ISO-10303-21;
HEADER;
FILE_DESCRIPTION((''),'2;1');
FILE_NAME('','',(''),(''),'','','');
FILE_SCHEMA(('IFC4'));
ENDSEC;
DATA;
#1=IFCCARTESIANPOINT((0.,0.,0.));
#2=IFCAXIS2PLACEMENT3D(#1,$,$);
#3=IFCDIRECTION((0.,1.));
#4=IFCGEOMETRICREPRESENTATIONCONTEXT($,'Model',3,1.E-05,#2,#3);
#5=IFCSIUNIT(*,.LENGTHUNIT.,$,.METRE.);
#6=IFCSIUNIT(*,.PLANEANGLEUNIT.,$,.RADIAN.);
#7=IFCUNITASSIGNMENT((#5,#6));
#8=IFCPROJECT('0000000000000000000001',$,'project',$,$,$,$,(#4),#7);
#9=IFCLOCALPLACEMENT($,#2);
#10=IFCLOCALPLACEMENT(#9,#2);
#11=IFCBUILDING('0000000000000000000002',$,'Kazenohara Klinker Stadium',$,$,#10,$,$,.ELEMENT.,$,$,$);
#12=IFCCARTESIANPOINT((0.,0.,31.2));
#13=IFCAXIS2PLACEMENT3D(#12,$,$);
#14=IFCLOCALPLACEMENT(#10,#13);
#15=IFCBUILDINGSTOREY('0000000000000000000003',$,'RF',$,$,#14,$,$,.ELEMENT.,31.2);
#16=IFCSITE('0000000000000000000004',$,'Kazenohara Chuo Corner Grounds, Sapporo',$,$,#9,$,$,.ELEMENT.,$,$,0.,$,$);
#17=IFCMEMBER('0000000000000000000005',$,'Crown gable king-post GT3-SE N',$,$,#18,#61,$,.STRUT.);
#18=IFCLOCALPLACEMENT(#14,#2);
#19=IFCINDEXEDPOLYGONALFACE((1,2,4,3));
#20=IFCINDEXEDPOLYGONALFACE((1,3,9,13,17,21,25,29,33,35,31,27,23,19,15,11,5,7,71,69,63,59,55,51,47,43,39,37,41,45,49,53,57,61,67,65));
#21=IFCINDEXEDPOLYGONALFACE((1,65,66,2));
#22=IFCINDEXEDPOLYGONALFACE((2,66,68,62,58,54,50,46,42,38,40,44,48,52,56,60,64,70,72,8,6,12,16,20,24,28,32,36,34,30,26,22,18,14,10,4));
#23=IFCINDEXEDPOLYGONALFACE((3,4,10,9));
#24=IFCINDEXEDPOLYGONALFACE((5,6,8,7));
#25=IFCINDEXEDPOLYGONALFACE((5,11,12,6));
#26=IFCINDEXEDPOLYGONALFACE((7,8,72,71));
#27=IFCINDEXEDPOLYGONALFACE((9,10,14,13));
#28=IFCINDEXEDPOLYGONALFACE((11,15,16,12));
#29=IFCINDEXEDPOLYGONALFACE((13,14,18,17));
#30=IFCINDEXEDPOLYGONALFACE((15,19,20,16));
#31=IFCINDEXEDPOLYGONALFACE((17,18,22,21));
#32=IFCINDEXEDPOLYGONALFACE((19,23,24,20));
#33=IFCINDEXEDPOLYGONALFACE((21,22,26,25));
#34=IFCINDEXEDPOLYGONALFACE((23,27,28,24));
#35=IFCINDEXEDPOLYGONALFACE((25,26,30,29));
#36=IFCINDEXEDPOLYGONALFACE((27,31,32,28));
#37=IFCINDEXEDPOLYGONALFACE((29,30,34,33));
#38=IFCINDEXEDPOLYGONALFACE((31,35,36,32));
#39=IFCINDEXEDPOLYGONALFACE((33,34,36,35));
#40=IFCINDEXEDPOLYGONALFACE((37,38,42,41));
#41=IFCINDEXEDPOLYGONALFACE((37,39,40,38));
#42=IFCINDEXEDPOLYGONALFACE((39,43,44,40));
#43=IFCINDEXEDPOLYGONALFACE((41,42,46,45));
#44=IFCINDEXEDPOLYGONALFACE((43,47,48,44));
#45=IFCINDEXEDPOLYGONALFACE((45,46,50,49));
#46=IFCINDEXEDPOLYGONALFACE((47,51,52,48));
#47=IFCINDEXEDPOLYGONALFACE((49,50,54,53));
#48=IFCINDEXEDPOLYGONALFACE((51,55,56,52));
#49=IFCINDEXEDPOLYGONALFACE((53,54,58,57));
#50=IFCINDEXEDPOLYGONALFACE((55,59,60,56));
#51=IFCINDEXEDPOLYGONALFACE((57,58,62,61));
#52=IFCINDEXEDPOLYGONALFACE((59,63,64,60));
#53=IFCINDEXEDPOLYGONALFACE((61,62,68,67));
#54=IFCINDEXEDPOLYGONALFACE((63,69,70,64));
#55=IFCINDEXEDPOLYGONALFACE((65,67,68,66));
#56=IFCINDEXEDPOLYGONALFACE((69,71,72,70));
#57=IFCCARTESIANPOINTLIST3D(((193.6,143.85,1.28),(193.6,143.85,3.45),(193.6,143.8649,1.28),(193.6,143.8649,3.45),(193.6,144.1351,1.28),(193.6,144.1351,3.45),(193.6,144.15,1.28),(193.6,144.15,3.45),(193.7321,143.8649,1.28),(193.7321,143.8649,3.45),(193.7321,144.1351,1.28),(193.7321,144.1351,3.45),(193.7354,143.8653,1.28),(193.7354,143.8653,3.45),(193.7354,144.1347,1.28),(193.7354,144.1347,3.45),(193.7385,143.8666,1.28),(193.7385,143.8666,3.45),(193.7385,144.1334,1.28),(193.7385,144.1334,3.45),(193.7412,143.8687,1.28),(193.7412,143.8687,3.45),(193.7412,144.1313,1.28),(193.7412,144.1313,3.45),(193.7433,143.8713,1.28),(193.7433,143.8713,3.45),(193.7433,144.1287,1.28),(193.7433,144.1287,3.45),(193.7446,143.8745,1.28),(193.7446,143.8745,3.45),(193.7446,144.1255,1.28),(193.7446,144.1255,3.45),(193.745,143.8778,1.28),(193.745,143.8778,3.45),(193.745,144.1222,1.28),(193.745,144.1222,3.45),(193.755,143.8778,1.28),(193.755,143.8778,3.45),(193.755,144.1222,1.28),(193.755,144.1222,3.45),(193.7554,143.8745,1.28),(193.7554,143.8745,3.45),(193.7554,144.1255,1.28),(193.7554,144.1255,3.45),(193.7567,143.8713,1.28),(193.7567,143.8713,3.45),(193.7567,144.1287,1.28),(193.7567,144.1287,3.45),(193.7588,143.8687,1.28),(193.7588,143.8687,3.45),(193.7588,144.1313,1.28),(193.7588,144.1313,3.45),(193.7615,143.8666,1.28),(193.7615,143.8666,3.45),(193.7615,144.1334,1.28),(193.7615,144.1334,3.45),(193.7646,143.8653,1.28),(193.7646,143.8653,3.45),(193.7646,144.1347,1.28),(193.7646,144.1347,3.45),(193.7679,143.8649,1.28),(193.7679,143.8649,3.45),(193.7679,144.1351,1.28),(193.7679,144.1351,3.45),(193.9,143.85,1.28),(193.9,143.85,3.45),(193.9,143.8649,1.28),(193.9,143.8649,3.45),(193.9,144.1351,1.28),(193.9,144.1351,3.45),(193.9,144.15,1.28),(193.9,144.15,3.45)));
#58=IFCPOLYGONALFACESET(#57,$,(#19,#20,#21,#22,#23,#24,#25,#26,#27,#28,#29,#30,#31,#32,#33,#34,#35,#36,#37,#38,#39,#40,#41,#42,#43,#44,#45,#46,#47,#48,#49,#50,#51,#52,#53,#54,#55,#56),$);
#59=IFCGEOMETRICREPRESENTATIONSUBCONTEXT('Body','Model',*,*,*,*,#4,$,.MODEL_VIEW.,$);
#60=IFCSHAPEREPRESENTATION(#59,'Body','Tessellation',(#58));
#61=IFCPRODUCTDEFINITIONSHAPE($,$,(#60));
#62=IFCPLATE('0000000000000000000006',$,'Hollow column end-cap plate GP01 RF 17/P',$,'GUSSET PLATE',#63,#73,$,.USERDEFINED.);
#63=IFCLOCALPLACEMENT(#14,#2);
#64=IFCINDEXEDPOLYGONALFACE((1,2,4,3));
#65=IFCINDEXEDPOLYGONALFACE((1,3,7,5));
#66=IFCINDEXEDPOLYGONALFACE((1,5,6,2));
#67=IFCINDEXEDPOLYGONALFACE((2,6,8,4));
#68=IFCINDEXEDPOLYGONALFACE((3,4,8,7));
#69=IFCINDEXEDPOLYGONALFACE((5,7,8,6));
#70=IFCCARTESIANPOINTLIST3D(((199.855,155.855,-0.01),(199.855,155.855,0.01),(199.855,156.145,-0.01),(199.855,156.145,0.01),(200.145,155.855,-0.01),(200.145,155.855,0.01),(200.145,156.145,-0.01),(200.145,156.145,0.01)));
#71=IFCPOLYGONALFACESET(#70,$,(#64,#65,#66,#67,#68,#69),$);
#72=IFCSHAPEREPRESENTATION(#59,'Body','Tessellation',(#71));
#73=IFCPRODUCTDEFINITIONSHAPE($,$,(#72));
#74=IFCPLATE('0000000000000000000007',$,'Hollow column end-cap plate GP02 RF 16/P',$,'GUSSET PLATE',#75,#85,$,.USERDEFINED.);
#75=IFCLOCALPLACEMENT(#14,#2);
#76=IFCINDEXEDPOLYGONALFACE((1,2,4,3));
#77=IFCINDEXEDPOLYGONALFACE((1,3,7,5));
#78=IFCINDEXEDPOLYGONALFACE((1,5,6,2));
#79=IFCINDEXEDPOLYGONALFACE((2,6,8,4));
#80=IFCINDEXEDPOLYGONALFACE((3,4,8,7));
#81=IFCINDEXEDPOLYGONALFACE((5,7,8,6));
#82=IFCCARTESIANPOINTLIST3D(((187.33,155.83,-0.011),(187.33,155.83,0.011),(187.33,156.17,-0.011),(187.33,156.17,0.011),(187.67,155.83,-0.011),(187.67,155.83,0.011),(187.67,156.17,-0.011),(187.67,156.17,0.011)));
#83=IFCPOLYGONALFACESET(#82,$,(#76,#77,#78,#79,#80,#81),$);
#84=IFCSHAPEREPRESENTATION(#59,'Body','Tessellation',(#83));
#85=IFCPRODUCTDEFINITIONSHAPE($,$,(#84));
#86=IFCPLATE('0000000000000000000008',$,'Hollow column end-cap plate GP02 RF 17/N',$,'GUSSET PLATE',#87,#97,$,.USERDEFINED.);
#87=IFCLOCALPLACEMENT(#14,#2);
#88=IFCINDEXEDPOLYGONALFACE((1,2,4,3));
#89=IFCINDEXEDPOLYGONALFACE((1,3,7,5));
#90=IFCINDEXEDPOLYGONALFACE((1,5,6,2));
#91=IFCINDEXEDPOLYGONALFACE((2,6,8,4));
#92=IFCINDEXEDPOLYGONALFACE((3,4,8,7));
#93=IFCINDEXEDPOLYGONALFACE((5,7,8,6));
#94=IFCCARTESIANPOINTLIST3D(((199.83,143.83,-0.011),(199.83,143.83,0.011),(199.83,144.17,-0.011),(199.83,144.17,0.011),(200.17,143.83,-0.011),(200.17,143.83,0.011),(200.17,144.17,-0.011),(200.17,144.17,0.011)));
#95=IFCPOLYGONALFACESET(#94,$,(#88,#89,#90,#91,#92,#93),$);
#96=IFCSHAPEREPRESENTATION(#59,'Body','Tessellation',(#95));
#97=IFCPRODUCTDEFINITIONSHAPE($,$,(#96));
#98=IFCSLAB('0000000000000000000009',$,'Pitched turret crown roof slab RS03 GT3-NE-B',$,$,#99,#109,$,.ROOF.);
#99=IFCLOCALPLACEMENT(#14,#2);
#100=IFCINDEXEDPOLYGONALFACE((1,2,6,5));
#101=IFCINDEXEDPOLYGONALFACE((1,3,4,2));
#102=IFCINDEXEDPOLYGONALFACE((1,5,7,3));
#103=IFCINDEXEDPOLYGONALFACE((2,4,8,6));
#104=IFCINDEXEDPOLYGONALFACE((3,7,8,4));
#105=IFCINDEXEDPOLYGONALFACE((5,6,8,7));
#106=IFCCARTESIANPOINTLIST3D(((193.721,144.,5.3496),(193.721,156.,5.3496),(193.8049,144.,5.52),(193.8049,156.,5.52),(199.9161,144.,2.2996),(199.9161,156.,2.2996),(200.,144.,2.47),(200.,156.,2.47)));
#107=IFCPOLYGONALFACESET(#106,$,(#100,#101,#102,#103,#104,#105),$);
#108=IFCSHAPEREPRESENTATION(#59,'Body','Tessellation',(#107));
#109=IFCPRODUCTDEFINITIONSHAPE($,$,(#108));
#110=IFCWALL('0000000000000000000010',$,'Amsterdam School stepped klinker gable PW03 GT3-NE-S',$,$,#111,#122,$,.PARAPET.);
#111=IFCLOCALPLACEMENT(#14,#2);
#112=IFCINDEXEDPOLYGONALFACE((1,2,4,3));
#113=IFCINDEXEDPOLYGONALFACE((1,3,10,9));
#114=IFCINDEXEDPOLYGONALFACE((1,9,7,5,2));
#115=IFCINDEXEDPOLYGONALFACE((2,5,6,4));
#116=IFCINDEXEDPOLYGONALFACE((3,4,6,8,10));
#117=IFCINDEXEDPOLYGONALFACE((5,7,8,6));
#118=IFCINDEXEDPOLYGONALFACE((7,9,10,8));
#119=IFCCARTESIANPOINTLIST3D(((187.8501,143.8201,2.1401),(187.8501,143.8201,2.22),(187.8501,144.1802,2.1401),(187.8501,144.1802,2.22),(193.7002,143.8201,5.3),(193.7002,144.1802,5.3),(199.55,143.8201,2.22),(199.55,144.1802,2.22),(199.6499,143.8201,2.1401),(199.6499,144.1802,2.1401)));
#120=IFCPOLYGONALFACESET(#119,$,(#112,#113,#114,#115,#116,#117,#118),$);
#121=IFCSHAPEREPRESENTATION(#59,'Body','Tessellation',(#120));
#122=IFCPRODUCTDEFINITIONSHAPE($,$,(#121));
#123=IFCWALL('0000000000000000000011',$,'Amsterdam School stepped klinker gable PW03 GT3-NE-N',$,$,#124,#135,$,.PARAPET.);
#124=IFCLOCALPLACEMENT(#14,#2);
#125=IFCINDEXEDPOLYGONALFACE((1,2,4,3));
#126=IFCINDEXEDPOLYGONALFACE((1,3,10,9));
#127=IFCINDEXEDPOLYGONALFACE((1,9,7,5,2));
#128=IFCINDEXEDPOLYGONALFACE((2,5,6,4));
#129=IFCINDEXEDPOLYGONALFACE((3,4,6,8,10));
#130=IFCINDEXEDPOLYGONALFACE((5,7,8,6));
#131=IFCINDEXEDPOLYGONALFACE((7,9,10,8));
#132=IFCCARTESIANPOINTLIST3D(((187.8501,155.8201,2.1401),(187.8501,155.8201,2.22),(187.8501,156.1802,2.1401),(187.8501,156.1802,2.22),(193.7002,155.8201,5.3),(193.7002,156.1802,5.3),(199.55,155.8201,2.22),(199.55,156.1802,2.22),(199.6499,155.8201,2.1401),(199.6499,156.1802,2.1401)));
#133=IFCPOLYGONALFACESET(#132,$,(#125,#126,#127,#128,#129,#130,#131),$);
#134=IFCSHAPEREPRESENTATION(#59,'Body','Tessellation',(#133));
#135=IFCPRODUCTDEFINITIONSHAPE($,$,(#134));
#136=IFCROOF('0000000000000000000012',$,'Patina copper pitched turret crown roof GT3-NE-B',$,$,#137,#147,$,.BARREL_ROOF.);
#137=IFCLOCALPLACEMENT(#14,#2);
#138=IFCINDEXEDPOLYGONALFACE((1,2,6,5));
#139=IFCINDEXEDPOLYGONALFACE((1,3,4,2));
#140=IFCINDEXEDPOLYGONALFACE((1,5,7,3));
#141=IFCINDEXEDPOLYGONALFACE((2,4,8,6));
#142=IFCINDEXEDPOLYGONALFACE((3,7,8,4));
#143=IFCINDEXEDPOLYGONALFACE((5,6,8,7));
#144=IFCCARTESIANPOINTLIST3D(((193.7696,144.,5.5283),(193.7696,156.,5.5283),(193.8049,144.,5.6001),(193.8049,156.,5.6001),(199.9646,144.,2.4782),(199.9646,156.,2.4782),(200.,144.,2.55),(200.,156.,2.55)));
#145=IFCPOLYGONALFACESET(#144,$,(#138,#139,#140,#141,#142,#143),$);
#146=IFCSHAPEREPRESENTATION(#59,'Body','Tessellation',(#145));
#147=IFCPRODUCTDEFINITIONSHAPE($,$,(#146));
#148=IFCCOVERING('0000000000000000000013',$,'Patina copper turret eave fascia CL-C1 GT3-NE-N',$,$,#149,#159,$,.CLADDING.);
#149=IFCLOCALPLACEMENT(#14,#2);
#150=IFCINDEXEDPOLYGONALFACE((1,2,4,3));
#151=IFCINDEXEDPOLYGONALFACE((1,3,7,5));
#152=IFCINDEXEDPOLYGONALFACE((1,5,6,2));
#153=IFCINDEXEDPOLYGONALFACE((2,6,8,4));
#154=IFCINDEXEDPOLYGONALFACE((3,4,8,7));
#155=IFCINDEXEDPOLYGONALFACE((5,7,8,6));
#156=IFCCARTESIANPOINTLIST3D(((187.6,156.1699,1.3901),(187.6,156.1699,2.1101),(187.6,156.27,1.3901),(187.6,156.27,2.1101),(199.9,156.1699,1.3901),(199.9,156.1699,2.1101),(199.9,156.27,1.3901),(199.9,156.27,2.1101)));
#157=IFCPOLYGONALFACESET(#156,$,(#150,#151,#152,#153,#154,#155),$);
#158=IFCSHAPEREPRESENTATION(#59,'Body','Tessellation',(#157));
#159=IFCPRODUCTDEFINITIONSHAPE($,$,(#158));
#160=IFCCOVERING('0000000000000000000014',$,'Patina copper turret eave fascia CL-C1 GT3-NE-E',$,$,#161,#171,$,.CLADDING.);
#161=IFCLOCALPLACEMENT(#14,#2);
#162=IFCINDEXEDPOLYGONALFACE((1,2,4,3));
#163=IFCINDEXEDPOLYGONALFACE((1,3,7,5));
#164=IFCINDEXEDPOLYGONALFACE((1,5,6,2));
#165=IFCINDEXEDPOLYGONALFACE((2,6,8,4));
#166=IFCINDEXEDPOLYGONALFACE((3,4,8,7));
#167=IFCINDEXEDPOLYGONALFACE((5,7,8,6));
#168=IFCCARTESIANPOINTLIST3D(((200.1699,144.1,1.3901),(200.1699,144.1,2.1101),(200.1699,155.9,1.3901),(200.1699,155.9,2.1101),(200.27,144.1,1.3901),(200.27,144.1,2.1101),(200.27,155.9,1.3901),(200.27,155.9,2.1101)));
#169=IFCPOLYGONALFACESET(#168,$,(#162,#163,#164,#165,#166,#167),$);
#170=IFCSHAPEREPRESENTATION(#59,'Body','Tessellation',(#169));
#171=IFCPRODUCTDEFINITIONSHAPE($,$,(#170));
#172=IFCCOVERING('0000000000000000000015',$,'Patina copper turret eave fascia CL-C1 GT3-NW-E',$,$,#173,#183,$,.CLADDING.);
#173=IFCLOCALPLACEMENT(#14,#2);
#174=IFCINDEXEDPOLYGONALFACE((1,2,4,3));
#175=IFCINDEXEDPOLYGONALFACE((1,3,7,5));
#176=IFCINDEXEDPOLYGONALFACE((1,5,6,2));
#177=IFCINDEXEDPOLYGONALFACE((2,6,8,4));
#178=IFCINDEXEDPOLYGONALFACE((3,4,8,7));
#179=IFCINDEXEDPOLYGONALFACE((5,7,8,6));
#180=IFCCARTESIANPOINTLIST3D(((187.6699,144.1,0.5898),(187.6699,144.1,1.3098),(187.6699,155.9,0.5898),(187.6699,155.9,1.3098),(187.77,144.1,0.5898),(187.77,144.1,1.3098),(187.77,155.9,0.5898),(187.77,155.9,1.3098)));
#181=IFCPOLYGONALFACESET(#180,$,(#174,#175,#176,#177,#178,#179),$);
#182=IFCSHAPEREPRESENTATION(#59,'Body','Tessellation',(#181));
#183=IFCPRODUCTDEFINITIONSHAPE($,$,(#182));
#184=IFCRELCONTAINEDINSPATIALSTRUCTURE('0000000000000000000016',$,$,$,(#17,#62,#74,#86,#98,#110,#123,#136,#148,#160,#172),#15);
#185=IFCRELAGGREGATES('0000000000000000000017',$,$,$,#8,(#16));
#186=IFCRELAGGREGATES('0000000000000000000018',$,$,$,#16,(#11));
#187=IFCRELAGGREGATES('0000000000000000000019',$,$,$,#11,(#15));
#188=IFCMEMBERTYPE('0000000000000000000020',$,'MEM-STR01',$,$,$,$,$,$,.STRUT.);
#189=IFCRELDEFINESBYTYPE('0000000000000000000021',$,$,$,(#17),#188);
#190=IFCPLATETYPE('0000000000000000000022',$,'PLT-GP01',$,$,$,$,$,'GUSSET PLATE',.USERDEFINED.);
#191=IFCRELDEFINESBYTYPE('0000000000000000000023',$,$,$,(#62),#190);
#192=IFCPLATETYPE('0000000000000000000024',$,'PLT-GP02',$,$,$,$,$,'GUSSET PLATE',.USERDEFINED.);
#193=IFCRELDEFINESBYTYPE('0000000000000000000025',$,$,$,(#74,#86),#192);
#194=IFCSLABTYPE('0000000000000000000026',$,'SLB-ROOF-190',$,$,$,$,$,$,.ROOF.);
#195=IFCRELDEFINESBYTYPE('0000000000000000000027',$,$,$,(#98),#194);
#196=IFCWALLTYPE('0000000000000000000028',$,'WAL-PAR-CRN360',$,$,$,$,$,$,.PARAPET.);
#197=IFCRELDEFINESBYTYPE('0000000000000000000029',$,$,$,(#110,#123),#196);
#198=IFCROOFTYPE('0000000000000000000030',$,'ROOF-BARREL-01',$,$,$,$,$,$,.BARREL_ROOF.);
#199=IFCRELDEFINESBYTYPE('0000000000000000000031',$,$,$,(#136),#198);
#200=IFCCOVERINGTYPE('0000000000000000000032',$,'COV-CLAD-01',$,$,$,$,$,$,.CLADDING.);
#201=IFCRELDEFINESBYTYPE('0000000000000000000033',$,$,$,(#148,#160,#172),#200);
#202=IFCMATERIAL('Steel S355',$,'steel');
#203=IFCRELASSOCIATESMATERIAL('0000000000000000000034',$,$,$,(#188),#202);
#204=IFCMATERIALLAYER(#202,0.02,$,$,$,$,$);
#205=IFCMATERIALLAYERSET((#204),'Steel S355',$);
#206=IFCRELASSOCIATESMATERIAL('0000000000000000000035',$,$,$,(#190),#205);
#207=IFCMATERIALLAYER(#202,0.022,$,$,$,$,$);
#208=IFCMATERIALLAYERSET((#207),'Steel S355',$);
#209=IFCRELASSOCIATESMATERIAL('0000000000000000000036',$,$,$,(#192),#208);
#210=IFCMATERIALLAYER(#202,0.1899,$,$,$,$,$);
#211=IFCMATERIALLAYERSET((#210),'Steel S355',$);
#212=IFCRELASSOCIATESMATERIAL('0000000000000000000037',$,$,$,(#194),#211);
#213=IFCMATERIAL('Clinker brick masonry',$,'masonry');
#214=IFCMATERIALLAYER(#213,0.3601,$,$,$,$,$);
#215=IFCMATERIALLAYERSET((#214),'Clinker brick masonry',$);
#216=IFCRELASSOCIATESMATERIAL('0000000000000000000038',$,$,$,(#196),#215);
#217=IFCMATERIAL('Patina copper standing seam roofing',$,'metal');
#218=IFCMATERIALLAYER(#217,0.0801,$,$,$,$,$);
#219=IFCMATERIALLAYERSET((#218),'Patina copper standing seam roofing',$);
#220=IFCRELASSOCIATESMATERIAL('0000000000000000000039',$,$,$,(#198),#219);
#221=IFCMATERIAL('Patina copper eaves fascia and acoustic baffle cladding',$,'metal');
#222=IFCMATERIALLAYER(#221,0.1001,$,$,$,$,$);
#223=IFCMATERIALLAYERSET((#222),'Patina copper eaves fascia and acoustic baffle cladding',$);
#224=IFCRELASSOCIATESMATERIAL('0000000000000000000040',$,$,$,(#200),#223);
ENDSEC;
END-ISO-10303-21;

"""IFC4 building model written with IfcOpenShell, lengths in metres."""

from ifc_helpers import new_model, si_unit, direction, frame, origin, origin_2d, place, context, subcontext, project, spatial, polyline, rectangle, i_section, outline, extrude, material, layer, layer_set, material_profile, profile_set, type_object, element, save


model = new_model("IFC4")

# Units and contexts
model_context = context("Model", 3, precision=1e-05, world=origin(), true_north=direction((0.0, 1.0)))
body_context = subcontext(model_context, "Body", "Model", "MODEL_VIEW")
ifc_project = project(units=[si_unit("LENGTHUNIT", "METRE"), si_unit("PLANEANGLEUNIT", "RADIAN")], contexts=[model_context])

# Site, building, storey
site_placement = place(None, origin())
site = spatial("IfcSite", under=ifc_project, at=site_placement, Name="Kazenohara Chuo Corner Grounds, Sapporo", CompositionType="ELEMENT", RefElevation=0.0)
building_placement = place(site_placement, origin())
building = spatial("IfcBuilding", under=site, at=building_placement, Name="Kazenohara Klinker Stadium", CompositionType="ELEMENT")
storey_placement = place(building_placement, frame((0.0, 0.0, 31.2)))
storey = spatial("IfcBuildingStorey", under=building, at=storey_placement, Name="RF", CompositionType="ELEMENT", Elevation=31.2)

# Member
ifc_material_1 = material(Name="Steel S355", Category="steel")
ifc_material_profile_1 = material_profile(ifc_material_1, i_section(OverallWidth=0.3, OverallDepth=0.3, WebThickness=0.01, FlangeThickness=0.0149, FilletRadius=0.0129, at=origin_2d()), Name="H-300x300x10x15")
ifc_profile_set_1 = profile_set([ifc_material_profile_1], Name="Steel S355")
member_type_1 = type_object("IfcMemberType", Name="MEM-STR01", PredefinedType="STRUT", material=ifc_profile_set_1)
for number, where, z_axis, x_axis, name in (
    (1, (193.75, 144.0, 1.28), (0.0, 0.0, 1.0), (1.0, 0.0, 0.0), "Crown gable king-post GT3-SE N"),
):
    element("IfcMember", number, at=place(storey_placement, frame(where, z_axis=z_axis, x_axis=x_axis)), inside=storey, type_object=member_type_1, Name=name, PredefinedType="STRUT", context=body_context, shape_type="SweptSolid", body=[
        extrude(i_section(OverallWidth=0.3, OverallDepth=0.3, WebThickness=0.01, FlangeThickness=0.0149, FilletRadius=0.0129, at=origin_2d()), origin(), (0.0, 0.0, 1.0), 2.1699),
    ])

# Plates
ifc_layer_1 = layer(ifc_material_1, 0.02)
ifc_layer_set_1 = layer_set([ifc_layer_1], Name="Steel S355")
plate_type_1 = type_object("IfcPlateType", Name="PLT-GP01", ElementType="GUSSET PLATE", PredefinedType="USERDEFINED", material=ifc_layer_set_1)
plate_placement = place(storey_placement, frame((200.0, 156.0, -0.01), z_axis=(0.0, 0.0, 1.0), x_axis=(1.0, 0.0, 0.0)))
element("IfcPlate", 2, at=plate_placement, inside=storey, type_object=plate_type_1, Name="Hollow column end-cap plate GP01 RF 17/P", ObjectType="GUSSET PLATE", PredefinedType="USERDEFINED", context=body_context, shape_type="SweptSolid", body=[
    extrude(rectangle(XDim=0.29, YDim=0.29, at=origin_2d()), origin(), (0.0, 0.0, 1.0), 0.02),
])
ifc_layer_2 = layer(ifc_material_1, 0.022)
ifc_layer_set_2 = layer_set([ifc_layer_2], Name="Steel S355")
plate_type_2 = type_object("IfcPlateType", Name="PLT-GP02", ElementType="GUSSET PLATE", PredefinedType="USERDEFINED", material=ifc_layer_set_2)
for number, where, z_axis, x_axis, name in (
    (3, (187.5, 156.0, -0.011), (0.0, 0.0, 1.0), (1.0, 0.0, 0.0), "Hollow column end-cap plate GP02 RF 16/P"),
    (4, (200.0, 144.0, -0.011), (0.0, 0.0, 1.0), (1.0, 0.0, 0.0), "Hollow column end-cap plate GP02 RF 17/N"),
):
    element("IfcPlate", number, at=place(storey_placement, frame(where, z_axis=z_axis, x_axis=x_axis)), inside=storey, type_object=plate_type_2, Name=name, ObjectType="GUSSET PLATE", PredefinedType="USERDEFINED", context=body_context, shape_type="SweptSolid", body=[
        extrude(rectangle(XDim=0.3401, YDim=0.3401, at=origin_2d()), origin(), (0.0, 0.0, 1.0), 0.022),
    ])

# Slab
ifc_layer_3 = layer(ifc_material_1, 0.1899)
ifc_layer_set_3 = layer_set([ifc_layer_3], Name="Steel S355")
slab_type = type_object("IfcSlabType", Name="SLB-ROOF-190", PredefinedType="ROOF", material=ifc_layer_set_3)
slab_placement = place(storey_placement, frame((193.8049, 144.0, 5.52), z_axis=(0.441704, 0.0, 0.897161), x_axis=(0.897161, 0.0, -0.441704)))
element("IfcSlab", 5, at=slab_placement, inside=storey, type_object=slab_type, Name="Pitched turret crown roof slab RS03 GT3-NE-B", PredefinedType="ROOF", context=body_context, shape_type="SweptSolid", body=[
    extrude(outline(polyline([(0.0, 0.0), (6.9052, 0.0), (6.9052, 12.0), (0.0, 12.0), (0.0, 0.0)])), origin(), (0.0, 0.0, -1.0), 0.1899),
])

# Walls
ifc_material_2 = material(Name="Clinker brick masonry", Category="masonry")
ifc_layer_4 = layer(ifc_material_2, 0.3601)
ifc_layer_set_4 = layer_set([ifc_layer_4], Name="Clinker brick masonry")
wall_type = type_object("IfcWallType", Name="WAL-PAR-CRN360", PredefinedType="PARAPET", material=ifc_layer_set_4)
for number, where, z_axis, x_axis, name in (
    (6, (187.8501, 144.0, 2.1401), (0.0, 0.0, 1.0), (1.0, 0.0, 0.0), "Amsterdam School stepped klinker gable PW03 GT3-NE-S"),
    (7, (187.8501, 156.0, 2.1401), (0.0, 0.0, 1.0), (1.0, 0.0, 0.0), "Amsterdam School stepped klinker gable PW03 GT3-NE-N"),
):
    element("IfcWall", number, at=place(storey_placement, frame(where, z_axis=z_axis, x_axis=x_axis)), inside=storey, type_object=wall_type, Name=name, PredefinedType="PARAPET", context=body_context, shape_type="SweptSolid", body=[
        extrude(outline(polyline([(0.0, 0.0), (11.7998, 0.0), (11.7, 0.0798), (5.8501, 3.1599), (0.0, 0.0798), (0.0, 0.0)])), frame((0.0, 0.1802, 0.0), z_axis=(0.0, -1.0, 0.0), x_axis=(1.0, 0.0, 0.0)), (0.0, 0.0, 1.0), 0.3601),
    ])

# Roof
ifc_material_3 = material(Name="Patina copper standing seam roofing", Category="metal")
ifc_layer_5 = layer(ifc_material_3, 0.0801)
ifc_layer_set_5 = layer_set([ifc_layer_5], Name="Patina copper standing seam roofing")
roof_type = type_object("IfcRoofType", Name="ROOF-BARREL-01", PredefinedType="BARREL_ROOF", material=ifc_layer_set_5)
roof_placement = place(storey_placement, frame((193.8049, 144.0, 5.6001), z_axis=(0.441704, 0.0, 0.897161), x_axis=(0.897161, 0.0, -0.441704)))
element("IfcRoof", 8, at=roof_placement, inside=storey, type_object=roof_type, Name="Patina copper pitched turret crown roof GT3-NE-B", PredefinedType="BARREL_ROOF", context=body_context, shape_type="SweptSolid", body=[
    extrude(outline(polyline([(0.0, 0.0), (6.9052, 0.0), (6.9052, 12.0), (0.0, 12.0), (0.0, 0.0)])), origin(), (0.0, 0.0, -1.0), 0.0801),
])

# Coverings
ifc_material_4 = material(Name="Patina copper eaves fascia and acoustic baffle cladding", Category="metal")
ifc_layer_6 = layer(ifc_material_4, 0.1001)
ifc_layer_set_6 = layer_set([ifc_layer_6], Name="Patina copper eaves fascia and acoustic baffle cladding")
covering_type = type_object("IfcCoveringType", Name="COV-CLAD-01", PredefinedType="CLADDING", material=ifc_layer_set_6)
covering_1_placement = place(storey_placement, frame((193.75, 156.22, 1.3901), z_axis=(0.0, 0.0, 1.0), x_axis=(1.0, 0.0, 0.0)))
element("IfcCovering", 9, at=covering_1_placement, inside=storey, type_object=covering_type, Name="Patina copper turret eave fascia CL-C1 GT3-NE-N", PredefinedType="CLADDING", context=body_context, shape_type="SweptSolid", body=[
    extrude(rectangle(XDim=12.3, YDim=0.1001, at=origin_2d()), origin(), (0.0, 0.0, 1.0), 0.72),
])
for number, where, z_axis, x_axis, name in (
    (10, (200.22, 150.0, 1.3901), (0.0, 0.0, 1.0), (1.0, 0.0, 0.0), "Patina copper turret eave fascia CL-C1 GT3-NE-E"),
    (11, (187.72, 150.0, 0.5898), (0.0, 0.0, 1.0), (1.0, 0.0, 0.0), "Patina copper turret eave fascia CL-C1 GT3-NW-E"),
):
    element("IfcCovering", number, at=place(storey_placement, frame(where, z_axis=z_axis, x_axis=x_axis)), inside=storey, type_object=covering_type, Name=name, PredefinedType="CLADDING", context=body_context, shape_type="SweptSolid", body=[
        extrude(rectangle(XDim=0.1001, YDim=11.8, at=origin_2d()), origin(), (0.0, 0.0, 1.0), 0.72),
    ])

save(model, "model.ifc")
